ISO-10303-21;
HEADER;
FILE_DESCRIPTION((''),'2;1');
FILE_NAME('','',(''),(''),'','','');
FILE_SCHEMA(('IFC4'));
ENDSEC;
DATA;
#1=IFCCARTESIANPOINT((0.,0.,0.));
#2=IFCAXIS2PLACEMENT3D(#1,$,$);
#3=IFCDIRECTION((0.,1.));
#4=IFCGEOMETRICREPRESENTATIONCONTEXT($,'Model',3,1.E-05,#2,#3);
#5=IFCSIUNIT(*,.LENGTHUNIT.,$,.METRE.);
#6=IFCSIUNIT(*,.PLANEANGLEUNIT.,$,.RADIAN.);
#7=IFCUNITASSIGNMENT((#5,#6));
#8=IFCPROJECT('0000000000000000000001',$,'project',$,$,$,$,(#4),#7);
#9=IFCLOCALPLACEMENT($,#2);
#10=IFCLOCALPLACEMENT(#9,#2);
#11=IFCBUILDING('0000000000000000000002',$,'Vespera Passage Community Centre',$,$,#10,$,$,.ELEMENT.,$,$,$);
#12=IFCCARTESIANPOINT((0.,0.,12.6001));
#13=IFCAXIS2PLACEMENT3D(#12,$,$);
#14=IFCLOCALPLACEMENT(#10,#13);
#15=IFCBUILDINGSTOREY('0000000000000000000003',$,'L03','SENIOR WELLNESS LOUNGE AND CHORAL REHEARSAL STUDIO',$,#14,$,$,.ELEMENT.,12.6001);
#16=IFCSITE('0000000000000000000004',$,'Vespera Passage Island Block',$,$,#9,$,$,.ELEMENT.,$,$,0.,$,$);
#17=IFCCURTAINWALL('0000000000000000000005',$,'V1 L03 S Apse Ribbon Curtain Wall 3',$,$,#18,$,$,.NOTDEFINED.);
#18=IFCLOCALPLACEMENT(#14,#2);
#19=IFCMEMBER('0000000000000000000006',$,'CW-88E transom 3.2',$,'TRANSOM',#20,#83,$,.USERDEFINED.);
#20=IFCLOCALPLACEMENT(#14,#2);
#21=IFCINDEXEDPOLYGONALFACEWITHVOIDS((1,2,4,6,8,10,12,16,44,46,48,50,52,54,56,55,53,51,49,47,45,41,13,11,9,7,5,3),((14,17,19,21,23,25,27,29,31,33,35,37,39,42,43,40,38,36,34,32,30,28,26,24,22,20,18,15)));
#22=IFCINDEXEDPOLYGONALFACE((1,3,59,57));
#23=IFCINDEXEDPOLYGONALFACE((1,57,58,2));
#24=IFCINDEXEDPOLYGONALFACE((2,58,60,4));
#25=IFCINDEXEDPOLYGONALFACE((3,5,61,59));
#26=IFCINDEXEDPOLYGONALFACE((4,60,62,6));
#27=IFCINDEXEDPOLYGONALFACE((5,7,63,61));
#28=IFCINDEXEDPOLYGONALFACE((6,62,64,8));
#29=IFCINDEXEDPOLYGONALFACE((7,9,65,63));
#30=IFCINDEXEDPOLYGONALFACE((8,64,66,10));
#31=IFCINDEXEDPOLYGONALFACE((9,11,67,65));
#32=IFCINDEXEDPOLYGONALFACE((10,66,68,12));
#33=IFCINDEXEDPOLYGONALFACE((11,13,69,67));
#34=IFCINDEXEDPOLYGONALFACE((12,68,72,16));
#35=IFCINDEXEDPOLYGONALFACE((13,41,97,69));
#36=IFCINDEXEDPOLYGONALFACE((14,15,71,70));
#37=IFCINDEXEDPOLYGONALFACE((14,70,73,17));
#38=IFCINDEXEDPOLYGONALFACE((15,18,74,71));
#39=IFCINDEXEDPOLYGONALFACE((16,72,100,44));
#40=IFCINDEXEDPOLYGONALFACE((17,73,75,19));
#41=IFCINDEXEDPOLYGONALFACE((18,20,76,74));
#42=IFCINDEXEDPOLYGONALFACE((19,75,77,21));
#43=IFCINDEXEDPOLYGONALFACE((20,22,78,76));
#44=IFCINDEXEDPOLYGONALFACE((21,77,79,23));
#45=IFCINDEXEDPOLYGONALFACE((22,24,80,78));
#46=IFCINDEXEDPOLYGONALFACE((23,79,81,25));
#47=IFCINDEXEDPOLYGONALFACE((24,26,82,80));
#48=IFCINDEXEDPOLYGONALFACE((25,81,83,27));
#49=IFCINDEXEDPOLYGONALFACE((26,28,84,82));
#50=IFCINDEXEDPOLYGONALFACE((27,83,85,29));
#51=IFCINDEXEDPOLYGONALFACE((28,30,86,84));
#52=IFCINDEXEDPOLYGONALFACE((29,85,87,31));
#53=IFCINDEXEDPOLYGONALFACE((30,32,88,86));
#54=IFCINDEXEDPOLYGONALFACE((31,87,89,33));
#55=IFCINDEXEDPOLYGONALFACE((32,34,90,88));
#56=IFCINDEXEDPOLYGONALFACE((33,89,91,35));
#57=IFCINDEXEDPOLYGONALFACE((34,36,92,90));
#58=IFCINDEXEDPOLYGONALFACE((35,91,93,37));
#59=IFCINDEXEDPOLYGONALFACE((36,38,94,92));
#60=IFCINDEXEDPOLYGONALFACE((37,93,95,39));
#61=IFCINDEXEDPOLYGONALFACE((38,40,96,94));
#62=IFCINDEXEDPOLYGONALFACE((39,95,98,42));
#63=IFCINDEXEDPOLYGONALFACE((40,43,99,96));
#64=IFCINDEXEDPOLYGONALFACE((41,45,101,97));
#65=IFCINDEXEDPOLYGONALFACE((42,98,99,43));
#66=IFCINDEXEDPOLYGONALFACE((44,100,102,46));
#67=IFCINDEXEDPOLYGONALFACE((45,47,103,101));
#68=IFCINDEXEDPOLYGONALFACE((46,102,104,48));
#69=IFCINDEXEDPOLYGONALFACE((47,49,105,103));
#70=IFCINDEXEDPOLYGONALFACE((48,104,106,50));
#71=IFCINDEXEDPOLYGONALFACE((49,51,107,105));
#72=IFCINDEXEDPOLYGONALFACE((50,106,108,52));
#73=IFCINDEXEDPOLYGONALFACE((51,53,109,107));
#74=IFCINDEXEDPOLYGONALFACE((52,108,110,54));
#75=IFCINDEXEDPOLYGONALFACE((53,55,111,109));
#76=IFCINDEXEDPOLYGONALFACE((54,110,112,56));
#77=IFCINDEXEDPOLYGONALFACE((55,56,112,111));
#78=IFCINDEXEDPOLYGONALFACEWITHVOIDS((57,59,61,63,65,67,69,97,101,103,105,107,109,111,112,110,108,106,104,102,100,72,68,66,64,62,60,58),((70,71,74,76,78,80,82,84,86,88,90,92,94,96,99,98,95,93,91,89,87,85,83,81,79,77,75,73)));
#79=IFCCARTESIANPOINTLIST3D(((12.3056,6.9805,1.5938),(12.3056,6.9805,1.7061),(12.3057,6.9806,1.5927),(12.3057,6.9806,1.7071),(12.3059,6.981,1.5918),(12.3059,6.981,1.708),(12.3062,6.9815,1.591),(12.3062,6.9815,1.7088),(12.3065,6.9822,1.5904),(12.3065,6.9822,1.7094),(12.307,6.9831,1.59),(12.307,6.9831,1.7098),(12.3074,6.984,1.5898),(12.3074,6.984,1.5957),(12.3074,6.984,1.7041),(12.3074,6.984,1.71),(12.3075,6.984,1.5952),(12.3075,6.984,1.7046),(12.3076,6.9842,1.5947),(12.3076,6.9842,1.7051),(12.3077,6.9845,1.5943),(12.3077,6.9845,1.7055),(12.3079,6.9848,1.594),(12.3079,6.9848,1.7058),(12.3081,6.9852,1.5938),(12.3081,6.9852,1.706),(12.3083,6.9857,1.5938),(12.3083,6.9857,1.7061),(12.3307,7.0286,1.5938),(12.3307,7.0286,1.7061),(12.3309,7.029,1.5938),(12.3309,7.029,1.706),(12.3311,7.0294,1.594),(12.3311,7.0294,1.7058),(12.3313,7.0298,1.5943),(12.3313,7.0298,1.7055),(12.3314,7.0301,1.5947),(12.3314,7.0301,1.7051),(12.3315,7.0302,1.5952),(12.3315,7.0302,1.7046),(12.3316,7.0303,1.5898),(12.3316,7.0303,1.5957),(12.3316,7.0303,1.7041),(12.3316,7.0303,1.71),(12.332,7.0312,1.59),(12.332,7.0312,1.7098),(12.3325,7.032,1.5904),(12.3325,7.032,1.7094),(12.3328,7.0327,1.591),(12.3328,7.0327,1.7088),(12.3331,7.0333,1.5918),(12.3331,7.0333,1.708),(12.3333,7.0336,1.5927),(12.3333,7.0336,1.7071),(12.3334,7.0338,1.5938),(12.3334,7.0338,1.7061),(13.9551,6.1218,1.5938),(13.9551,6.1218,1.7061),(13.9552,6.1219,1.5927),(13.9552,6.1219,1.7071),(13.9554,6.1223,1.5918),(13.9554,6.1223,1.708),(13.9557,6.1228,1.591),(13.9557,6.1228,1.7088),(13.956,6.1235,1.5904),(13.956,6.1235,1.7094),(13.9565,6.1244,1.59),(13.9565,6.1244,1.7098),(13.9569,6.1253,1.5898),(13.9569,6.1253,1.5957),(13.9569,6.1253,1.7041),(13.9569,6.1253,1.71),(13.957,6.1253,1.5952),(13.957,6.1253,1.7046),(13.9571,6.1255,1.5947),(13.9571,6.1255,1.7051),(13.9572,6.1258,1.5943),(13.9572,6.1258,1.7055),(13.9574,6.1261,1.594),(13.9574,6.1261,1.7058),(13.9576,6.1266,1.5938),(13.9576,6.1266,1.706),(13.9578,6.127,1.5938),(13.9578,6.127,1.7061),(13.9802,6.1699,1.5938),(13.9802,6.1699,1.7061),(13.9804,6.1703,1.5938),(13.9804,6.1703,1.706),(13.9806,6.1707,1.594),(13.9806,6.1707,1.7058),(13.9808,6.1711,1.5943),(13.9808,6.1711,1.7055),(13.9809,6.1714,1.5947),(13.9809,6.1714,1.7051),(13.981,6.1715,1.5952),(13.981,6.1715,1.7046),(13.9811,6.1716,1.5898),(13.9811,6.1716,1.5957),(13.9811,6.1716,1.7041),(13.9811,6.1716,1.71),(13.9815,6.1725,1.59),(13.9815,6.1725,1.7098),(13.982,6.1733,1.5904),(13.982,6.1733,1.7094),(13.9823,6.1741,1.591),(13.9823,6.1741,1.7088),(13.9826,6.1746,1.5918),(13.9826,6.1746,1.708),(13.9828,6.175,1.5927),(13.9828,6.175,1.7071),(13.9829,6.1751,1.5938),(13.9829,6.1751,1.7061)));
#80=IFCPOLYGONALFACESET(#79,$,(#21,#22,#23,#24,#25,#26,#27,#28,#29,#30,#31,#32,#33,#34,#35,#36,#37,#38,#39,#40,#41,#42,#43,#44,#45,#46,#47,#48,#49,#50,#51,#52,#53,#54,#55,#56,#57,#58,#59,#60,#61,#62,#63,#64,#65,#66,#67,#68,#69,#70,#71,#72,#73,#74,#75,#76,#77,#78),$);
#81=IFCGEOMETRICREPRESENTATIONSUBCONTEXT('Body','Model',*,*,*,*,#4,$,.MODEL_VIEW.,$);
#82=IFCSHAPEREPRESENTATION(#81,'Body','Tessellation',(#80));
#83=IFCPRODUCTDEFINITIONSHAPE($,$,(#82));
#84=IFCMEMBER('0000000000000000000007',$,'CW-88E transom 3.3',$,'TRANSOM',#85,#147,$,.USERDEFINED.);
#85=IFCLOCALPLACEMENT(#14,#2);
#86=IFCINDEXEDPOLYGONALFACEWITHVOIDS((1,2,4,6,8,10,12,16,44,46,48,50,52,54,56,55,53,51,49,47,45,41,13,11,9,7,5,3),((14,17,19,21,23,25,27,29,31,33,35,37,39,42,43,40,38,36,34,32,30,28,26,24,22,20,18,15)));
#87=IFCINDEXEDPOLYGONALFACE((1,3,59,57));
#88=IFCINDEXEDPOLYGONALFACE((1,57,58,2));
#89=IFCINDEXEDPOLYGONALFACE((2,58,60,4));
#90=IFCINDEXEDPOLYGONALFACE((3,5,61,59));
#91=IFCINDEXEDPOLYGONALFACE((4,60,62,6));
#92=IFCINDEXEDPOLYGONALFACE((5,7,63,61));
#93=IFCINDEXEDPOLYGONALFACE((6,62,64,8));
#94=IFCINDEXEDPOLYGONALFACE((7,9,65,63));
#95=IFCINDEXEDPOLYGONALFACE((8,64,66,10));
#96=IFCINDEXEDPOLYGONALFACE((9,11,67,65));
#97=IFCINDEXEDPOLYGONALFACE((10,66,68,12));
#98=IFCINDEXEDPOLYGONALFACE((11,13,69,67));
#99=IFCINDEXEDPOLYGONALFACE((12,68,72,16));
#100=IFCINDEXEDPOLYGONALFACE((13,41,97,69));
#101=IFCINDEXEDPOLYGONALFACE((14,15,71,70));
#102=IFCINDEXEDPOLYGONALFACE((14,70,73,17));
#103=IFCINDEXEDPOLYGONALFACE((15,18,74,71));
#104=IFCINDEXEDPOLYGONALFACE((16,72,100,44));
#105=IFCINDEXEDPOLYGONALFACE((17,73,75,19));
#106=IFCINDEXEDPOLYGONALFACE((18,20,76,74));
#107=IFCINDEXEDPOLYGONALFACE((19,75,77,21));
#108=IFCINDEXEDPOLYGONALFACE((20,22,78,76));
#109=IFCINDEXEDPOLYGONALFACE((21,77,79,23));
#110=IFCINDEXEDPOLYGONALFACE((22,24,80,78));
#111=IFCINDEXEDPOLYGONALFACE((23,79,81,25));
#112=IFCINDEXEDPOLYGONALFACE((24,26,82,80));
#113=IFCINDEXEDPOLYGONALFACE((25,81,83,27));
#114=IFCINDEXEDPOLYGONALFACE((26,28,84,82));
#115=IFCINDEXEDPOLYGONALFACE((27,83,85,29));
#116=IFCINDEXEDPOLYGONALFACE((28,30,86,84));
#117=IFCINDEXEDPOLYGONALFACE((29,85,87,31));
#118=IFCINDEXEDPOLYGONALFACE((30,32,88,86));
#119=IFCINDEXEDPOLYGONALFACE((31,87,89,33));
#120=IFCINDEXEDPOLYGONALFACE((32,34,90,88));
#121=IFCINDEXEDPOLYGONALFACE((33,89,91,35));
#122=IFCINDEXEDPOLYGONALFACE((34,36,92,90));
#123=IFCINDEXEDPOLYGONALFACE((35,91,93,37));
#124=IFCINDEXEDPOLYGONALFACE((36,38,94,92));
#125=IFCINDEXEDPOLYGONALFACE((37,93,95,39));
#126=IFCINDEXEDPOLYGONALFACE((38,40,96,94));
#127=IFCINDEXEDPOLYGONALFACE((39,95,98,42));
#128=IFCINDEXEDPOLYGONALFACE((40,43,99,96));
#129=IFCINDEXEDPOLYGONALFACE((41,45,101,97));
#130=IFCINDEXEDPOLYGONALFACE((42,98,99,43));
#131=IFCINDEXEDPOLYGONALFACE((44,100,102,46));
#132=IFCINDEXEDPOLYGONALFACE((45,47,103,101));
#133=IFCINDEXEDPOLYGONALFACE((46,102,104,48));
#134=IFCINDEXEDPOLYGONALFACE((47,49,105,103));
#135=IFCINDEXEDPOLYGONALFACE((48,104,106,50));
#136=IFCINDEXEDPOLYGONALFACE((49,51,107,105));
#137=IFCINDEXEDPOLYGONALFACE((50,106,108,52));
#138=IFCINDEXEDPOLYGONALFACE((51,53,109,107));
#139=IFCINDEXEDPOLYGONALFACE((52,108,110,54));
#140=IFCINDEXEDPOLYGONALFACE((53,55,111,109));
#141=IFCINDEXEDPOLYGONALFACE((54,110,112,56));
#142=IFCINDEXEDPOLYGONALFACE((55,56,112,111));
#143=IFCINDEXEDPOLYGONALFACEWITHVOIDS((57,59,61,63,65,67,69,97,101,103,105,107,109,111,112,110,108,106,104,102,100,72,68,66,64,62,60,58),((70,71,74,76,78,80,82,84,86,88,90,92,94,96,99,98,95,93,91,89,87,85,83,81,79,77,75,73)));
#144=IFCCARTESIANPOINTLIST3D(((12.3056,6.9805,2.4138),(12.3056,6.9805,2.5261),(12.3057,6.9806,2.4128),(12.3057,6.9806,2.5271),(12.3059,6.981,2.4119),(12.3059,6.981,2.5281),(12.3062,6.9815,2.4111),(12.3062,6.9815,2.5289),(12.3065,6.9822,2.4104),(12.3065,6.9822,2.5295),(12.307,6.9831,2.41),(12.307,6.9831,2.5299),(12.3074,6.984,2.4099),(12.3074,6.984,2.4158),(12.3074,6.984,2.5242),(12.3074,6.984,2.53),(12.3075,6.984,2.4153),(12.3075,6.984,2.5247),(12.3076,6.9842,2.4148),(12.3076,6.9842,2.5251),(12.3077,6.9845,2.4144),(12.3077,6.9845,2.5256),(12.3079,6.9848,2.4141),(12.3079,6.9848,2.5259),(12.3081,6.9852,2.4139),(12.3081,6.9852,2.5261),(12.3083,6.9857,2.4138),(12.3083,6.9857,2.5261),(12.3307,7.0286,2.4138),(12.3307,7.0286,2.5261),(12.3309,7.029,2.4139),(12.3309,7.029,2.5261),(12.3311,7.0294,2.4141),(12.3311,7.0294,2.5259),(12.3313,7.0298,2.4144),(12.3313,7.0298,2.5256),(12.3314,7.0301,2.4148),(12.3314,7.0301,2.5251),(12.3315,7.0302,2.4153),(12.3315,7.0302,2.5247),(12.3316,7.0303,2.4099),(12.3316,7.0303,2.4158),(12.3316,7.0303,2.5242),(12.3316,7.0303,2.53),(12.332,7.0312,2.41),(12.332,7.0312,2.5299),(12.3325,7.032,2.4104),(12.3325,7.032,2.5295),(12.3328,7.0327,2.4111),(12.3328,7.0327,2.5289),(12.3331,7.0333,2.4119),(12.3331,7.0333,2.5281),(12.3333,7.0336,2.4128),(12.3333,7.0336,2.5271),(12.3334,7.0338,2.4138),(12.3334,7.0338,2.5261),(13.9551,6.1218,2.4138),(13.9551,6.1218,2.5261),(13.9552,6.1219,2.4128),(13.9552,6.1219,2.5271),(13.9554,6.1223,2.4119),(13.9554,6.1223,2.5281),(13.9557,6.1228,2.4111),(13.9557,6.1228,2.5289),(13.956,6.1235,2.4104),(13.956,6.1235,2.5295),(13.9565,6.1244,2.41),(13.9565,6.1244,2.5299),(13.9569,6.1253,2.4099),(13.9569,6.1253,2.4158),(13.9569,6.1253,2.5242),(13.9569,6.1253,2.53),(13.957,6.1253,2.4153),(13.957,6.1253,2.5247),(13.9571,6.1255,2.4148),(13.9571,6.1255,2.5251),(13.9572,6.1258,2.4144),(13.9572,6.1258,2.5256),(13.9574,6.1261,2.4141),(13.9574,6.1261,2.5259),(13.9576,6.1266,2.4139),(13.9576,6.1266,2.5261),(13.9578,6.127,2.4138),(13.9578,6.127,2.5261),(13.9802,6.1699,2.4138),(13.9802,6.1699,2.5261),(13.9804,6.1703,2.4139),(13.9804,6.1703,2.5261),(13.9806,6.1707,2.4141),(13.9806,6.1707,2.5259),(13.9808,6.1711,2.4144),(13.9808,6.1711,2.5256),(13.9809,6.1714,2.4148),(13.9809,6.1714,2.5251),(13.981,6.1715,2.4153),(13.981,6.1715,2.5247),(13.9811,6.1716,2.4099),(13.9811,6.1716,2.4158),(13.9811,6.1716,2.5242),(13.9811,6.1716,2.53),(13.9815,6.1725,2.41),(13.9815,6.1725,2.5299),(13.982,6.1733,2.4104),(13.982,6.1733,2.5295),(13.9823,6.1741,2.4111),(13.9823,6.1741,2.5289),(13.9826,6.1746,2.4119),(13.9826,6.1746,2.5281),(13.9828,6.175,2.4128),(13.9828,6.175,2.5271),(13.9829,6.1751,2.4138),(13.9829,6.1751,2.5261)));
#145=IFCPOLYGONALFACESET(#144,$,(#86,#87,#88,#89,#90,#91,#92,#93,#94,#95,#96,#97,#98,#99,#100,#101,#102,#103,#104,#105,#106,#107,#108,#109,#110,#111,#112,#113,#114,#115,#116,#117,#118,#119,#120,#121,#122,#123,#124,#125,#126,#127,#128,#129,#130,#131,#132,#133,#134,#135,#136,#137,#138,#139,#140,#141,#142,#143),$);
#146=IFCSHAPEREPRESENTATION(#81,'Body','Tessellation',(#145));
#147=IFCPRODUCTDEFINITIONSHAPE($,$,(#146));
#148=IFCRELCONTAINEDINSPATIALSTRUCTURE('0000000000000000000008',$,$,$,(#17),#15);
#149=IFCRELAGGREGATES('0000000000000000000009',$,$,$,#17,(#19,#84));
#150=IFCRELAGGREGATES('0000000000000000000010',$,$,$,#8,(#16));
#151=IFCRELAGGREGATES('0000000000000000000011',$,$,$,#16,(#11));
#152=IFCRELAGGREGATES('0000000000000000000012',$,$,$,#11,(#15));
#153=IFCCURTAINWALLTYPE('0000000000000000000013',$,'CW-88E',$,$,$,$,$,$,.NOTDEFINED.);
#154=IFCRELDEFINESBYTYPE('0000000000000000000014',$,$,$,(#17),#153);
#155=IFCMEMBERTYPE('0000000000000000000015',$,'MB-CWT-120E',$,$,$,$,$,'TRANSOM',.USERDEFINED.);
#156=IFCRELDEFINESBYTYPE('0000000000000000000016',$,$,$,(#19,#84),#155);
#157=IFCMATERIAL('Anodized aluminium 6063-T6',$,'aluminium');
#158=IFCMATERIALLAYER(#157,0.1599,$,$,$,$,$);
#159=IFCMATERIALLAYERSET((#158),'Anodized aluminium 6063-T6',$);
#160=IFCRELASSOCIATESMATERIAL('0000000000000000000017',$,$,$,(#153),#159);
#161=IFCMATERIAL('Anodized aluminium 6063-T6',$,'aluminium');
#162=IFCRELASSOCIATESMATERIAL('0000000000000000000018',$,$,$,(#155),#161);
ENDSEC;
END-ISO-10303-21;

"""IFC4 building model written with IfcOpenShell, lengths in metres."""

from ifc_helpers import new_model, si_unit, direction, frame, origin, origin_2d, place, context, subcontext, project, spatial, hollow_rectangle, extrude, material, layer, layer_set, material_profile, profile_set, type_object, element, aggregate, save


model = new_model("IFC4")

# Units and contexts
model_context = context("Model", 3, precision=1e-05, world=origin(), true_north=direction((0.0, 1.0)))
body_context = subcontext(model_context, "Body", "Model", "MODEL_VIEW")
ifc_project = project(units=[si_unit("LENGTHUNIT", "METRE"), si_unit("PLANEANGLEUNIT", "RADIAN")], contexts=[model_context])

# Site, building, storey
site_placement = place(None, origin())
site = spatial("IfcSite", under=ifc_project, at=site_placement, Name="Vespera Passage Island Block", CompositionType="ELEMENT", RefElevation=0.0)
building_placement = place(site_placement, origin())
building = spatial("IfcBuilding", under=site, at=building_placement, Name="Vespera Passage Community Centre", CompositionType="ELEMENT")
storey_placement = place(building_placement, frame((0.0, 0.0, 12.6001)))
storey = spatial("IfcBuildingStorey", under=building, at=storey_placement, Name="L03", Description="SENIOR WELLNESS LOUNGE AND CHORAL REHEARSAL STUDIO", CompositionType="ELEMENT", Elevation=12.6001)

# Curtain wall, members
ifc_material_1 = material(Name="Anodized aluminium 6063-T6", Category="aluminium")
ifc_layer_1 = layer(ifc_material_1, 0.1599)
ifc_layer_set_1 = layer_set([ifc_layer_1], Name="Anodized aluminium 6063-T6")
curtain_wall_type = type_object("IfcCurtainWallType", Name="CW-88E", PredefinedType="NOTDEFINED", material=ifc_layer_set_1)
curtain_wall_placement = place(storey_placement, origin())
curtain_wall = element("IfcCurtainWall", 1, at=curtain_wall_placement, inside=storey, type_object=curtain_wall_type, Name="V1 L03 S Apse Ribbon Curtain Wall 3", PredefinedType="NOTDEFINED")
ifc_material_2 = material(Name="Anodized aluminium 6063-T6", Category="aluminium")
ifc_material_profile_1 = material_profile(ifc_material_2, hollow_rectangle(XDim=0.0601, YDim=0.1201, WallThickness=0.0039, InnerFilletRadius=0.002, OuterFilletRadius=0.0039, at=origin_2d()), Name="ALU120X60X4")
ifc_profile_set_1 = profile_set([ifc_material_profile_1], Name="Anodized aluminium 6063-T6")
member_type_1 = type_object("IfcMemberType", Name="MB-CWT-120E", ElementType="TRANSOM", PredefinedType="USERDEFINED", material=ifc_profile_set_1)
member_1_placement = place(storey_placement, frame((13.969, 6.1484, 1.6499), z_axis=(-0.887008, 0.461754, 0.0), x_axis=(-0.461754, -0.887008, 0.0)))
member_1 = element("IfcMember", 2, at=member_1_placement, type_object=member_type_1, Name="CW-88E transom 3.2", ObjectType="TRANSOM", PredefinedType="USERDEFINED", context=body_context, shape_type="SweptSolid", body=[
    extrude(hollow_rectangle(XDim=0.0601, YDim=0.1201, WallThickness=0.0039, InnerFilletRadius=0.002, OuterFilletRadius=0.0039, at=origin_2d()), origin(), (0.0, 0.0, 1.0), 1.8596),
])
member_2_placement = place(storey_placement, frame((13.969, 6.1484, 2.47), z_axis=(-0.887008, 0.461754, 0.0), x_axis=(-0.461754, -0.887008, 0.0)))
member_2 = element("IfcMember", 3, at=member_2_placement, type_object=member_type_1, Name="CW-88E transom 3.3", ObjectType="TRANSOM", PredefinedType="USERDEFINED", context=body_context, shape_type="SweptSolid", body=[
    extrude(hollow_rectangle(XDim=0.0601, YDim=0.1201, WallThickness=0.0039, InnerFilletRadius=0.002, OuterFilletRadius=0.0039, at=origin_2d()), origin(), (0.0, 0.0, 1.0), 1.8596),
])
aggregate(curtain_wall, [member_1, member_2])

save(model, "model.ifc")
